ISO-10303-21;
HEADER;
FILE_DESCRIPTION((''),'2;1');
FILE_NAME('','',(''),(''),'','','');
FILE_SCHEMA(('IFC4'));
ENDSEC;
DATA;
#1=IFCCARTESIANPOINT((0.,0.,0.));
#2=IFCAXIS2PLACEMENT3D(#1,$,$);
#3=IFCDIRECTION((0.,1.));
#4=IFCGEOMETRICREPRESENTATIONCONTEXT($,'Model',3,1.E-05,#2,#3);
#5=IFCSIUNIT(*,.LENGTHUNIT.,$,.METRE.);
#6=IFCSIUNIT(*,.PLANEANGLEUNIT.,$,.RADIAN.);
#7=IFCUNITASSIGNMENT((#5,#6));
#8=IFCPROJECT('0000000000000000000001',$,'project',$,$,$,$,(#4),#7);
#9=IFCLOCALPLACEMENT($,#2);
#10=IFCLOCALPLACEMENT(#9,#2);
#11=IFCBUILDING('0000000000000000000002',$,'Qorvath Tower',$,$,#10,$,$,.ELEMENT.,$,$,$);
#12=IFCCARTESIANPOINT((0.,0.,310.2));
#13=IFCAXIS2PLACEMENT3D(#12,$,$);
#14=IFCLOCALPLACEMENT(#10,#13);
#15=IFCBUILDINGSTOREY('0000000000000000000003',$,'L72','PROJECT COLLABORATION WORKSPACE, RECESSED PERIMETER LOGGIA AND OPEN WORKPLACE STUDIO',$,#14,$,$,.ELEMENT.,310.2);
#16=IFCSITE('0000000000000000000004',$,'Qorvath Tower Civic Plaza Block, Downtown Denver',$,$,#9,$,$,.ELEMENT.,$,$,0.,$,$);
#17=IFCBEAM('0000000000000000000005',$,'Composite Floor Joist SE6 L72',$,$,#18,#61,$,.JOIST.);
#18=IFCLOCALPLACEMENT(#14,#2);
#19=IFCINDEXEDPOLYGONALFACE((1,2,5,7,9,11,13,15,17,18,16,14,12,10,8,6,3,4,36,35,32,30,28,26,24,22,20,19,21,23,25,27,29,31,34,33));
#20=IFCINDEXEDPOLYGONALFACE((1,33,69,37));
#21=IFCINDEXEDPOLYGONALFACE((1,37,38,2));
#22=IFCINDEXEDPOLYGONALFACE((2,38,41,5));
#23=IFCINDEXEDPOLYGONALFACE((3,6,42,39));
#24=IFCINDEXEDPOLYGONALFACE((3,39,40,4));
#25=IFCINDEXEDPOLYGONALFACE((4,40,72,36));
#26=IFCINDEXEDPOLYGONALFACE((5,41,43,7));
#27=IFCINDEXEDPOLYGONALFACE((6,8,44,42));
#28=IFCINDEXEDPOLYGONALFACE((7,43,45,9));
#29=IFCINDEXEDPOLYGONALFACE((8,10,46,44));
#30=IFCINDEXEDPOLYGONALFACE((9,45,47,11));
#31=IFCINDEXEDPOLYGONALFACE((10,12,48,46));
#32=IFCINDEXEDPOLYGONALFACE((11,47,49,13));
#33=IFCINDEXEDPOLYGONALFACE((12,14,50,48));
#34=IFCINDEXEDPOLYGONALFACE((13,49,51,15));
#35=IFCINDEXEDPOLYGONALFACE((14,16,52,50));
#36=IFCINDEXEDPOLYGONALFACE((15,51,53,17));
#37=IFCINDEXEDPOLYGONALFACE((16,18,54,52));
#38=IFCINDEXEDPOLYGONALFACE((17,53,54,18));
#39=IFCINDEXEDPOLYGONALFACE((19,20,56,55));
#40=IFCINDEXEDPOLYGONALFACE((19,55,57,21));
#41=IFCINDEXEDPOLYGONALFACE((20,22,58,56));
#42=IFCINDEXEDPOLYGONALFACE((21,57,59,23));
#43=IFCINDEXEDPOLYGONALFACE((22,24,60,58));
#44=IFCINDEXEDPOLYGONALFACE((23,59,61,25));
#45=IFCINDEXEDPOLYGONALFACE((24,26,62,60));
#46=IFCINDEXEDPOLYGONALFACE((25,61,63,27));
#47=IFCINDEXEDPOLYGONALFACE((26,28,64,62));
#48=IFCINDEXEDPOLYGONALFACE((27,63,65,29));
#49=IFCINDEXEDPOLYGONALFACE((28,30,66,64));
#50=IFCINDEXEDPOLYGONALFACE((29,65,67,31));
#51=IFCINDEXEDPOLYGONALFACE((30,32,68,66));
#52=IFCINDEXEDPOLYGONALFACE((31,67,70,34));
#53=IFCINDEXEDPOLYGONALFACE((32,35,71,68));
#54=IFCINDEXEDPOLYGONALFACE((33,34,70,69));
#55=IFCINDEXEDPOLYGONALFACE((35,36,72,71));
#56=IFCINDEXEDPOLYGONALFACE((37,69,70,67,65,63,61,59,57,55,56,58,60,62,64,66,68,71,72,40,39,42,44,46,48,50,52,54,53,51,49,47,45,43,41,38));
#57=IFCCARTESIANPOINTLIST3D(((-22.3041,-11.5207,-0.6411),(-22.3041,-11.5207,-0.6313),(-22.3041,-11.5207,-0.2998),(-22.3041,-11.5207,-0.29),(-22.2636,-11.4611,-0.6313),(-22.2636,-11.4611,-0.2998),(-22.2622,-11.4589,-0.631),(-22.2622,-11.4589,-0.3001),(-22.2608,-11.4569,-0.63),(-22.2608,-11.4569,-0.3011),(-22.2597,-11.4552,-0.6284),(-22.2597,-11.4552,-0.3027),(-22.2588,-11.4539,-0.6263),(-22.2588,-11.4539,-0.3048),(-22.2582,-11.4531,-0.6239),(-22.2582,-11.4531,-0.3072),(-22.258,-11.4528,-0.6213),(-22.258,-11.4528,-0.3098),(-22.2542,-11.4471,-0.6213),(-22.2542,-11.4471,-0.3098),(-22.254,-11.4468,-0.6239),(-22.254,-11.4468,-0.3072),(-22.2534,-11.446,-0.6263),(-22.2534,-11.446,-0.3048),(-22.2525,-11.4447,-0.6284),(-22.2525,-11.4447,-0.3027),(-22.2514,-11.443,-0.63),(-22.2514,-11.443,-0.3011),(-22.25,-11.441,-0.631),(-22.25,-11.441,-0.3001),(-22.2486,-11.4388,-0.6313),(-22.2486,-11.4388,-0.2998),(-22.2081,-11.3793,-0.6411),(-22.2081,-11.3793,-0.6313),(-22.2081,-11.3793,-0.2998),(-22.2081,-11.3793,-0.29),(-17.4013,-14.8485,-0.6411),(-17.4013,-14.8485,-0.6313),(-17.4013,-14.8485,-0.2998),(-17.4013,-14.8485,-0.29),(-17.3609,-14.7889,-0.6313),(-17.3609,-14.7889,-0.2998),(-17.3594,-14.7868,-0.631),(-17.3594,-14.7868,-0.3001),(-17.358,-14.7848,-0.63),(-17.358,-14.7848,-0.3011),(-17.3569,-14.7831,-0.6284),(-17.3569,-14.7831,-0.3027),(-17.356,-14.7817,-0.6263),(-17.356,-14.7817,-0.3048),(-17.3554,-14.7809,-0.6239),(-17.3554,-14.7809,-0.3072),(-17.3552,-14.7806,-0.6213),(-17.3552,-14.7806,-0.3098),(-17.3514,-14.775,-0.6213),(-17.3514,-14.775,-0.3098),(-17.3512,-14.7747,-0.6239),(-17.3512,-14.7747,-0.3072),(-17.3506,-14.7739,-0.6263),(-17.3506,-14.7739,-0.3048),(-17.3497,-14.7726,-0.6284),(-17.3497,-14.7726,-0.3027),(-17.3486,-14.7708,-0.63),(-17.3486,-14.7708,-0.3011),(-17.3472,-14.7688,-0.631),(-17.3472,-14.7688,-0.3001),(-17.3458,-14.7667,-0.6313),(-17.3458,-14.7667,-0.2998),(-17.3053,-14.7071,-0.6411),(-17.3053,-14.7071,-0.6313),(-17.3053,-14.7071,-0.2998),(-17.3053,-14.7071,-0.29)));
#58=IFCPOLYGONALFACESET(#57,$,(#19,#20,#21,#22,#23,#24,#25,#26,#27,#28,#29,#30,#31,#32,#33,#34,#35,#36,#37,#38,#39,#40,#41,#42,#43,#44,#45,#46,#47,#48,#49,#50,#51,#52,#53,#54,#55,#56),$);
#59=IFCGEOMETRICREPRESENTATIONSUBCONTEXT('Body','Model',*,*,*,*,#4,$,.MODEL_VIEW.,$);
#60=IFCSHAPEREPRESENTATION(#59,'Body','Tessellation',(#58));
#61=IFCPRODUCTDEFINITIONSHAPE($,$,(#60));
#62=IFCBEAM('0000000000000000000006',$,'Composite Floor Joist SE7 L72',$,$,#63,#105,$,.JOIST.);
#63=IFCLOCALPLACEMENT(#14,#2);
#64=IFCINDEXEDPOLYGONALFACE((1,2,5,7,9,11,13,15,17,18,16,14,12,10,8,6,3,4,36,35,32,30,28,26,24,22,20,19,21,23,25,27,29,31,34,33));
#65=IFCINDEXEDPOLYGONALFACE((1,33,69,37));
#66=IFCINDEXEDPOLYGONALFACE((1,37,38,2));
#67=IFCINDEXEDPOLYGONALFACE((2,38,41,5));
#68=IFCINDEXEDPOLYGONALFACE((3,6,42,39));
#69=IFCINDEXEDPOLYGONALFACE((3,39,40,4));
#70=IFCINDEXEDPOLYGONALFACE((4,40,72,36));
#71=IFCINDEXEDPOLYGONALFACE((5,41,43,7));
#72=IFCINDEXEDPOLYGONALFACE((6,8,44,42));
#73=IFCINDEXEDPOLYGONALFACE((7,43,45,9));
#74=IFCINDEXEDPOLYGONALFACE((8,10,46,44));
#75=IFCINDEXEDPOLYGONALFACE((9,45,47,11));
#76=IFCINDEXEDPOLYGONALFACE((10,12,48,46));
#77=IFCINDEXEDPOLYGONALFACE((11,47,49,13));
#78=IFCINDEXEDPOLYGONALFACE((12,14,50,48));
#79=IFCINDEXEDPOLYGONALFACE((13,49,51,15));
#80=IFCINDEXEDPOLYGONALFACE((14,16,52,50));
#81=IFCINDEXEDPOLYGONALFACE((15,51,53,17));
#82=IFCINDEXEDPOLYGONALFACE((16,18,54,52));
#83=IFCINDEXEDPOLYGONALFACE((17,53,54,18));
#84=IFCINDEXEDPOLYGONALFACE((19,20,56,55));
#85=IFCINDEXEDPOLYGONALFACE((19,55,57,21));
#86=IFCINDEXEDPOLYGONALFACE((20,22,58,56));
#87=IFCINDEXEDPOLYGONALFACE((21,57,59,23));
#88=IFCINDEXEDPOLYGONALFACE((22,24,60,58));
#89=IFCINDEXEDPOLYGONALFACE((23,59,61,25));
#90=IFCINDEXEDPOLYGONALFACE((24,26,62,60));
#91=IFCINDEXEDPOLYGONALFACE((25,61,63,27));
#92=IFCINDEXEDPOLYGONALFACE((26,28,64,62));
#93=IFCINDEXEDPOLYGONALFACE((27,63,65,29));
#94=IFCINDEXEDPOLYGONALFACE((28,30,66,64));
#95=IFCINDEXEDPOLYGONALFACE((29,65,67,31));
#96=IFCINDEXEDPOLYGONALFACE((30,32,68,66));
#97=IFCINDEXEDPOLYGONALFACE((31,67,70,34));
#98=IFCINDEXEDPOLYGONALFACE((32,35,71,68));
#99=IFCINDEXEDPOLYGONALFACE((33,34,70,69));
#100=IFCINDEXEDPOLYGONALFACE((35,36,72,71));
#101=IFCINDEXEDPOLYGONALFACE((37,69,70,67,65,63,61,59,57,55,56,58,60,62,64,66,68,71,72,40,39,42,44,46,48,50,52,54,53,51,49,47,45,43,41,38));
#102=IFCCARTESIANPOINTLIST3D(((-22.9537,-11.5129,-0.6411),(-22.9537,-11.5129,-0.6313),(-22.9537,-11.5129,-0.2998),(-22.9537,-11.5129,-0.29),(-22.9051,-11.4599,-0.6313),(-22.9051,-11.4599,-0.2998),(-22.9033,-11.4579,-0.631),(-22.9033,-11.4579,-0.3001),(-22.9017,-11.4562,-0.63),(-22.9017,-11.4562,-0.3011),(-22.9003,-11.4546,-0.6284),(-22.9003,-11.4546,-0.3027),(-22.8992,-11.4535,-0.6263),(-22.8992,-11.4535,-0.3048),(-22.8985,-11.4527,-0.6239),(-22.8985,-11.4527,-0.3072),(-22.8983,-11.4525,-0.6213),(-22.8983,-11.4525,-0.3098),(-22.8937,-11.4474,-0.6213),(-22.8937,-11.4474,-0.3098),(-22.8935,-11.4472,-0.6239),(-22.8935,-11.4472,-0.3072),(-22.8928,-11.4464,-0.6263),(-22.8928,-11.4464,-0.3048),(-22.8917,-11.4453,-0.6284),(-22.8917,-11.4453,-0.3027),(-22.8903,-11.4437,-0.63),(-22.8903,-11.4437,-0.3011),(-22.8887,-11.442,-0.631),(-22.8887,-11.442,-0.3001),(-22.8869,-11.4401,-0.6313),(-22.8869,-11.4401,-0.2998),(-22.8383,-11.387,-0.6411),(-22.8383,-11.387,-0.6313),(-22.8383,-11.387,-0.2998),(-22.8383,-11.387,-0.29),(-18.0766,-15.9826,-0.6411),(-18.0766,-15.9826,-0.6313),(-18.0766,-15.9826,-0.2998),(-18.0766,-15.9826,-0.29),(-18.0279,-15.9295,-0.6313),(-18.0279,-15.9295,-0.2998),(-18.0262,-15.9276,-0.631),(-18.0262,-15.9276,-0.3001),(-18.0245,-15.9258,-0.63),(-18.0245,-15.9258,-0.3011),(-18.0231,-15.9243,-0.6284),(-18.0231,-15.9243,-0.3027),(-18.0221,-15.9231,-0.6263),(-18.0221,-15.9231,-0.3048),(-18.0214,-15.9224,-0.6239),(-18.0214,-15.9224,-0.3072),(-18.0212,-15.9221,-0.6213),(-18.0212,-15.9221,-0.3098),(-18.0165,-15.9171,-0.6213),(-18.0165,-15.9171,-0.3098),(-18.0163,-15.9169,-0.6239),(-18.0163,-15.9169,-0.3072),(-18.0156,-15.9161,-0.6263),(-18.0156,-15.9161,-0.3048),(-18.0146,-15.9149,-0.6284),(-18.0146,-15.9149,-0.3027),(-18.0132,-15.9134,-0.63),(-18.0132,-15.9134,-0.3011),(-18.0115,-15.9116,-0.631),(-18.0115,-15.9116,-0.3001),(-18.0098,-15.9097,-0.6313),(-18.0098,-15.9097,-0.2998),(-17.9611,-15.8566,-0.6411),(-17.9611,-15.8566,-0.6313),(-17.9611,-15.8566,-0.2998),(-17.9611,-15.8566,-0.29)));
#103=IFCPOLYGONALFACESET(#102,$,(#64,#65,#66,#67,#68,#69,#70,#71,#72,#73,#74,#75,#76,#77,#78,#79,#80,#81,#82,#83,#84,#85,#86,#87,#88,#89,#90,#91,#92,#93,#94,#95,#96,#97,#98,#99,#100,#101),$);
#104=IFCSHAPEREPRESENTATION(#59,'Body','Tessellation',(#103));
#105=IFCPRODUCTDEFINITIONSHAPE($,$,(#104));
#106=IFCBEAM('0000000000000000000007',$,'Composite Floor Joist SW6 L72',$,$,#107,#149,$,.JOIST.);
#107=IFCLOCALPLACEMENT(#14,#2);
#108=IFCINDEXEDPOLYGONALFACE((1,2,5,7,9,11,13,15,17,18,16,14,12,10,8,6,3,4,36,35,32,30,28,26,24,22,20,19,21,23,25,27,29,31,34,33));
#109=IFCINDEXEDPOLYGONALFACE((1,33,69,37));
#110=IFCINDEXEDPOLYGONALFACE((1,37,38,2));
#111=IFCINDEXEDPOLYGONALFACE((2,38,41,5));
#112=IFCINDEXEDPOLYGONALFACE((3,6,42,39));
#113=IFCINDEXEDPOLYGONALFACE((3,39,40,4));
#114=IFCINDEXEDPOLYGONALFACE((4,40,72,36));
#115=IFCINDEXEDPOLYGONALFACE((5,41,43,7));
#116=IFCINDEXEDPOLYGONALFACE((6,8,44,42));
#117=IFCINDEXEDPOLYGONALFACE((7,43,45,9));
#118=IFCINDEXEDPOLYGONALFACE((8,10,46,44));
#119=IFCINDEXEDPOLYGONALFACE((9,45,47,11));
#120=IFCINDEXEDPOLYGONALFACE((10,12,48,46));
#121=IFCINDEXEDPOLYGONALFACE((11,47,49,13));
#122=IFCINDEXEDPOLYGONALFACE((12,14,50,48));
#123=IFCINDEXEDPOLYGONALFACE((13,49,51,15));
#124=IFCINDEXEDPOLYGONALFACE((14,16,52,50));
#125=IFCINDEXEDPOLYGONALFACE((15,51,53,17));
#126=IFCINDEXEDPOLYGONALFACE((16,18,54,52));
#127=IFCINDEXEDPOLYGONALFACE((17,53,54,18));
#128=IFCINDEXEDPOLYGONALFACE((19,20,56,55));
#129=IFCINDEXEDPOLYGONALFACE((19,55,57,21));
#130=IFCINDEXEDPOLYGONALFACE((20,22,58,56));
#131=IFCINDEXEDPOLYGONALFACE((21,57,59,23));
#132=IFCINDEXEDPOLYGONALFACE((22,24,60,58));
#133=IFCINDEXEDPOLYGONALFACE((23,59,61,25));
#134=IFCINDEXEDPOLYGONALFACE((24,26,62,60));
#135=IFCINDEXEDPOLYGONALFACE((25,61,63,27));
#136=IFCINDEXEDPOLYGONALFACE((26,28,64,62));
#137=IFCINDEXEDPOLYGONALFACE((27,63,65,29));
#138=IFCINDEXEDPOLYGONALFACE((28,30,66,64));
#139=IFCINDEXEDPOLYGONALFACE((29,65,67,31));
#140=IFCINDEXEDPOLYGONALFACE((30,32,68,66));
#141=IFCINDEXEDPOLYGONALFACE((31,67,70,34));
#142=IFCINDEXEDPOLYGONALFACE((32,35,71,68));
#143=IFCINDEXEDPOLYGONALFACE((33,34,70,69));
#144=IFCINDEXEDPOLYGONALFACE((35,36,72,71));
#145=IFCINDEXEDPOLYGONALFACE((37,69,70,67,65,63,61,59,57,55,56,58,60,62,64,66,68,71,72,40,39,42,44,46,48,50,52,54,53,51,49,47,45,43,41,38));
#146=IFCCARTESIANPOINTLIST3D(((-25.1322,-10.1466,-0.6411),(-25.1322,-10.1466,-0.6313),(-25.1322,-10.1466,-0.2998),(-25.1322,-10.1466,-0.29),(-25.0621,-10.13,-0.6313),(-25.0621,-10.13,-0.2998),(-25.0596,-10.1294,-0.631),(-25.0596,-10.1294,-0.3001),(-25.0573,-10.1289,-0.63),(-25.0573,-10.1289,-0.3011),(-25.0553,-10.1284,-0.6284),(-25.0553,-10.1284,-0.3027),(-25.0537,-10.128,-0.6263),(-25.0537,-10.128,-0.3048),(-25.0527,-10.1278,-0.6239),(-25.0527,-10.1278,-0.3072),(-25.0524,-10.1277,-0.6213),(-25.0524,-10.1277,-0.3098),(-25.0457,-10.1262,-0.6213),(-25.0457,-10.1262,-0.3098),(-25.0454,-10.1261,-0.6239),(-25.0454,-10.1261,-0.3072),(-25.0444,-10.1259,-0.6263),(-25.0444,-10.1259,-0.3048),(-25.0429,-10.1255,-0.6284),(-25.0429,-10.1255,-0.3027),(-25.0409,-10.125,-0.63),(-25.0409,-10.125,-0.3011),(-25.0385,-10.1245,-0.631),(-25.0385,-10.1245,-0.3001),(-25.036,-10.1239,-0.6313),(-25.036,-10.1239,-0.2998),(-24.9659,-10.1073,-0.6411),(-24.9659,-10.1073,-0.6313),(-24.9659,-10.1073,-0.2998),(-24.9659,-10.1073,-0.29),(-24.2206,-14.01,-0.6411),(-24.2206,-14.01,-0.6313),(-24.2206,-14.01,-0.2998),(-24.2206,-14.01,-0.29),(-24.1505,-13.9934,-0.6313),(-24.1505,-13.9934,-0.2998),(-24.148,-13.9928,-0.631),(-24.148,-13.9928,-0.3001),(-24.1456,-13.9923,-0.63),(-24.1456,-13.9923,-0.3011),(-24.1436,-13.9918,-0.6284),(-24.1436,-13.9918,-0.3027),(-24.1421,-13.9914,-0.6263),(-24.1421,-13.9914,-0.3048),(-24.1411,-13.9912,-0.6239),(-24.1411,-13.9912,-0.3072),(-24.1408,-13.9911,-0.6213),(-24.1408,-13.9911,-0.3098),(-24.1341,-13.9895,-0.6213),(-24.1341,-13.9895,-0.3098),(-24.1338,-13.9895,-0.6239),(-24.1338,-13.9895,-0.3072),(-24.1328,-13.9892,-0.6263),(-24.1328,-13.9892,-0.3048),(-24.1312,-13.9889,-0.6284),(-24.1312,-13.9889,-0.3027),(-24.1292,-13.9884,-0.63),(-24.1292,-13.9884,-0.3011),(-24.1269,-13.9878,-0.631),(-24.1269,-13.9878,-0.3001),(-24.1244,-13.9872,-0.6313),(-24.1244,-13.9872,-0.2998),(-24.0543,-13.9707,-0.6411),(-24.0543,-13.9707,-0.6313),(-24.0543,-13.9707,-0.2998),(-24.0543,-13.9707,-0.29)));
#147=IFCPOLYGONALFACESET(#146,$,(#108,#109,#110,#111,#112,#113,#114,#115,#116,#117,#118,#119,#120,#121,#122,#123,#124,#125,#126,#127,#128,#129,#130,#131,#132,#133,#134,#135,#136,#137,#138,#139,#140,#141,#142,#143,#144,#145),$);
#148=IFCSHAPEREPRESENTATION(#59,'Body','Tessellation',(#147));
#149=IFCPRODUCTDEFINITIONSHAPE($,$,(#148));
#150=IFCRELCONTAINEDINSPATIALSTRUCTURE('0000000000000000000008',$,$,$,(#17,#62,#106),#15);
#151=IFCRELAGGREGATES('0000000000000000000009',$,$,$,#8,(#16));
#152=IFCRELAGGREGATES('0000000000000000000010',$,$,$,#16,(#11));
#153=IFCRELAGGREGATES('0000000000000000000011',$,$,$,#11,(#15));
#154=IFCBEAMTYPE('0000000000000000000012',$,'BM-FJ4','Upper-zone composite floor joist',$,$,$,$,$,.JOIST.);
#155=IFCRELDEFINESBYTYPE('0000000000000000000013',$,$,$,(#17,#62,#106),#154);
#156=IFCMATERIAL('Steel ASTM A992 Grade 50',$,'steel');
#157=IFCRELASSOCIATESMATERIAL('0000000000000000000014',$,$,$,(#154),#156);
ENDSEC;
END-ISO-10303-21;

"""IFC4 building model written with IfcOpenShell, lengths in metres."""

from ifc_helpers import new_model, si_unit, direction, frame, origin, origin_2d, place, context, subcontext, project, spatial, i_section, extrude, material, material_profile, profile_set, type_object, element, save


model = new_model("IFC4")

# Units and contexts
model_context = context("Model", 3, precision=1e-05, world=origin(), true_north=direction((0.0, 1.0)))
body_context = subcontext(model_context, "Body", "Model", "MODEL_VIEW")
ifc_project = project(units=[si_unit("LENGTHUNIT", "METRE"), si_unit("PLANEANGLEUNIT", "RADIAN")], contexts=[model_context])

# Site, building, storey
site_placement = place(None, origin())
site = spatial("IfcSite", under=ifc_project, at=site_placement, Name="Qorvath Tower Civic Plaza Block, Downtown Denver", CompositionType="ELEMENT", RefElevation=0.0)
building_placement = place(site_placement, origin())
building = spatial("IfcBuilding", under=site, at=building_placement, Name="Qorvath Tower", CompositionType="ELEMENT")
storey_placement = place(building_placement, frame((0.0, 0.0, 310.2)))
storey = spatial("IfcBuildingStorey", under=building, at=storey_placement, Name="L72", Description="PROJECT COLLABORATION WORKSPACE, RECESSED PERIMETER LOGGIA AND OPEN WORKPLACE STUDIO", CompositionType="ELEMENT", Elevation=310.2)

# Beams
ifc_material_1 = material(Name="Steel ASTM A992 Grade 50", Category="steel")
ifc_material_profile_1 = material_profile(ifc_material_1, i_section(OverallWidth=0.1709, OverallDepth=0.3511, WebThickness=0.0068, FlangeThickness=0.0098, FilletRadius=0.01, at=origin_2d()), Name="W14x30")
ifc_profile_set_1 = profile_set([ifc_material_profile_1], Name="Steel ASTM A992 Grade 50")
beam_type_1 = type_object("IfcBeamType", Name="BM-FJ4", Description="Upper-zone composite floor joist", PredefinedType="JOIST", material=ifc_profile_set_1)
beam_1_placement = place(storey_placement, frame((-22.2561, -11.45, -0.4656), z_axis=(0.827401, -0.561612, 0.0), x_axis=(0.561612, 0.827401, 0.0)))
element("IfcBeam", 1, at=beam_1_placement, inside=storey, type_object=beam_type_1, Name="Composite Floor Joist SE6 L72", PredefinedType="JOIST", context=body_context, shape_type="SweptSolid", body=[
    extrude(i_section(OverallWidth=0.1709, OverallDepth=0.3511, WebThickness=0.0068, FlangeThickness=0.0098, FilletRadius=0.01, at=origin_2d()), origin(), (0.0, 0.0, 1.0), 5.9255),
])
beam_2_placement = place(storey_placement, frame((-22.896, -11.45, -0.4656), z_axis=(0.737232, -0.675639, 0.0), x_axis=(0.675639, 0.737232, 0.0)))
element("IfcBeam", 2, at=beam_2_placement, inside=storey, type_object=beam_type_1, Name="Composite Floor Joist SE7 L72", PredefinedType="JOIST", context=body_context, shape_type="SweptSolid", body=[
    extrude(i_section(OverallWidth=0.1709, OverallDepth=0.3511, WebThickness=0.0068, FlangeThickness=0.0098, FilletRadius=0.01, at=origin_2d()), origin(), (0.0, 0.0, 1.0), 6.6155),
])
beam_3_placement = place(storey_placement, frame((-25.0491, -10.127, -0.4656), z_axis=(0.229663, -0.97327, 0.0), x_axis=(0.97327, 0.229663, 0.0)))
element("IfcBeam", 3, at=beam_3_placement, inside=storey, type_object=beam_type_1, Name="Composite Floor Joist SW6 L72", PredefinedType="JOIST", context=body_context, shape_type="SweptSolid", body=[
    extrude(i_section(OverallWidth=0.1709, OverallDepth=0.3511, WebThickness=0.0068, FlangeThickness=0.0098, FilletRadius=0.01, at=origin_2d()), origin(), (0.0, 0.0, 1.0), 3.9695),
])

save(model, "model.ifc")
